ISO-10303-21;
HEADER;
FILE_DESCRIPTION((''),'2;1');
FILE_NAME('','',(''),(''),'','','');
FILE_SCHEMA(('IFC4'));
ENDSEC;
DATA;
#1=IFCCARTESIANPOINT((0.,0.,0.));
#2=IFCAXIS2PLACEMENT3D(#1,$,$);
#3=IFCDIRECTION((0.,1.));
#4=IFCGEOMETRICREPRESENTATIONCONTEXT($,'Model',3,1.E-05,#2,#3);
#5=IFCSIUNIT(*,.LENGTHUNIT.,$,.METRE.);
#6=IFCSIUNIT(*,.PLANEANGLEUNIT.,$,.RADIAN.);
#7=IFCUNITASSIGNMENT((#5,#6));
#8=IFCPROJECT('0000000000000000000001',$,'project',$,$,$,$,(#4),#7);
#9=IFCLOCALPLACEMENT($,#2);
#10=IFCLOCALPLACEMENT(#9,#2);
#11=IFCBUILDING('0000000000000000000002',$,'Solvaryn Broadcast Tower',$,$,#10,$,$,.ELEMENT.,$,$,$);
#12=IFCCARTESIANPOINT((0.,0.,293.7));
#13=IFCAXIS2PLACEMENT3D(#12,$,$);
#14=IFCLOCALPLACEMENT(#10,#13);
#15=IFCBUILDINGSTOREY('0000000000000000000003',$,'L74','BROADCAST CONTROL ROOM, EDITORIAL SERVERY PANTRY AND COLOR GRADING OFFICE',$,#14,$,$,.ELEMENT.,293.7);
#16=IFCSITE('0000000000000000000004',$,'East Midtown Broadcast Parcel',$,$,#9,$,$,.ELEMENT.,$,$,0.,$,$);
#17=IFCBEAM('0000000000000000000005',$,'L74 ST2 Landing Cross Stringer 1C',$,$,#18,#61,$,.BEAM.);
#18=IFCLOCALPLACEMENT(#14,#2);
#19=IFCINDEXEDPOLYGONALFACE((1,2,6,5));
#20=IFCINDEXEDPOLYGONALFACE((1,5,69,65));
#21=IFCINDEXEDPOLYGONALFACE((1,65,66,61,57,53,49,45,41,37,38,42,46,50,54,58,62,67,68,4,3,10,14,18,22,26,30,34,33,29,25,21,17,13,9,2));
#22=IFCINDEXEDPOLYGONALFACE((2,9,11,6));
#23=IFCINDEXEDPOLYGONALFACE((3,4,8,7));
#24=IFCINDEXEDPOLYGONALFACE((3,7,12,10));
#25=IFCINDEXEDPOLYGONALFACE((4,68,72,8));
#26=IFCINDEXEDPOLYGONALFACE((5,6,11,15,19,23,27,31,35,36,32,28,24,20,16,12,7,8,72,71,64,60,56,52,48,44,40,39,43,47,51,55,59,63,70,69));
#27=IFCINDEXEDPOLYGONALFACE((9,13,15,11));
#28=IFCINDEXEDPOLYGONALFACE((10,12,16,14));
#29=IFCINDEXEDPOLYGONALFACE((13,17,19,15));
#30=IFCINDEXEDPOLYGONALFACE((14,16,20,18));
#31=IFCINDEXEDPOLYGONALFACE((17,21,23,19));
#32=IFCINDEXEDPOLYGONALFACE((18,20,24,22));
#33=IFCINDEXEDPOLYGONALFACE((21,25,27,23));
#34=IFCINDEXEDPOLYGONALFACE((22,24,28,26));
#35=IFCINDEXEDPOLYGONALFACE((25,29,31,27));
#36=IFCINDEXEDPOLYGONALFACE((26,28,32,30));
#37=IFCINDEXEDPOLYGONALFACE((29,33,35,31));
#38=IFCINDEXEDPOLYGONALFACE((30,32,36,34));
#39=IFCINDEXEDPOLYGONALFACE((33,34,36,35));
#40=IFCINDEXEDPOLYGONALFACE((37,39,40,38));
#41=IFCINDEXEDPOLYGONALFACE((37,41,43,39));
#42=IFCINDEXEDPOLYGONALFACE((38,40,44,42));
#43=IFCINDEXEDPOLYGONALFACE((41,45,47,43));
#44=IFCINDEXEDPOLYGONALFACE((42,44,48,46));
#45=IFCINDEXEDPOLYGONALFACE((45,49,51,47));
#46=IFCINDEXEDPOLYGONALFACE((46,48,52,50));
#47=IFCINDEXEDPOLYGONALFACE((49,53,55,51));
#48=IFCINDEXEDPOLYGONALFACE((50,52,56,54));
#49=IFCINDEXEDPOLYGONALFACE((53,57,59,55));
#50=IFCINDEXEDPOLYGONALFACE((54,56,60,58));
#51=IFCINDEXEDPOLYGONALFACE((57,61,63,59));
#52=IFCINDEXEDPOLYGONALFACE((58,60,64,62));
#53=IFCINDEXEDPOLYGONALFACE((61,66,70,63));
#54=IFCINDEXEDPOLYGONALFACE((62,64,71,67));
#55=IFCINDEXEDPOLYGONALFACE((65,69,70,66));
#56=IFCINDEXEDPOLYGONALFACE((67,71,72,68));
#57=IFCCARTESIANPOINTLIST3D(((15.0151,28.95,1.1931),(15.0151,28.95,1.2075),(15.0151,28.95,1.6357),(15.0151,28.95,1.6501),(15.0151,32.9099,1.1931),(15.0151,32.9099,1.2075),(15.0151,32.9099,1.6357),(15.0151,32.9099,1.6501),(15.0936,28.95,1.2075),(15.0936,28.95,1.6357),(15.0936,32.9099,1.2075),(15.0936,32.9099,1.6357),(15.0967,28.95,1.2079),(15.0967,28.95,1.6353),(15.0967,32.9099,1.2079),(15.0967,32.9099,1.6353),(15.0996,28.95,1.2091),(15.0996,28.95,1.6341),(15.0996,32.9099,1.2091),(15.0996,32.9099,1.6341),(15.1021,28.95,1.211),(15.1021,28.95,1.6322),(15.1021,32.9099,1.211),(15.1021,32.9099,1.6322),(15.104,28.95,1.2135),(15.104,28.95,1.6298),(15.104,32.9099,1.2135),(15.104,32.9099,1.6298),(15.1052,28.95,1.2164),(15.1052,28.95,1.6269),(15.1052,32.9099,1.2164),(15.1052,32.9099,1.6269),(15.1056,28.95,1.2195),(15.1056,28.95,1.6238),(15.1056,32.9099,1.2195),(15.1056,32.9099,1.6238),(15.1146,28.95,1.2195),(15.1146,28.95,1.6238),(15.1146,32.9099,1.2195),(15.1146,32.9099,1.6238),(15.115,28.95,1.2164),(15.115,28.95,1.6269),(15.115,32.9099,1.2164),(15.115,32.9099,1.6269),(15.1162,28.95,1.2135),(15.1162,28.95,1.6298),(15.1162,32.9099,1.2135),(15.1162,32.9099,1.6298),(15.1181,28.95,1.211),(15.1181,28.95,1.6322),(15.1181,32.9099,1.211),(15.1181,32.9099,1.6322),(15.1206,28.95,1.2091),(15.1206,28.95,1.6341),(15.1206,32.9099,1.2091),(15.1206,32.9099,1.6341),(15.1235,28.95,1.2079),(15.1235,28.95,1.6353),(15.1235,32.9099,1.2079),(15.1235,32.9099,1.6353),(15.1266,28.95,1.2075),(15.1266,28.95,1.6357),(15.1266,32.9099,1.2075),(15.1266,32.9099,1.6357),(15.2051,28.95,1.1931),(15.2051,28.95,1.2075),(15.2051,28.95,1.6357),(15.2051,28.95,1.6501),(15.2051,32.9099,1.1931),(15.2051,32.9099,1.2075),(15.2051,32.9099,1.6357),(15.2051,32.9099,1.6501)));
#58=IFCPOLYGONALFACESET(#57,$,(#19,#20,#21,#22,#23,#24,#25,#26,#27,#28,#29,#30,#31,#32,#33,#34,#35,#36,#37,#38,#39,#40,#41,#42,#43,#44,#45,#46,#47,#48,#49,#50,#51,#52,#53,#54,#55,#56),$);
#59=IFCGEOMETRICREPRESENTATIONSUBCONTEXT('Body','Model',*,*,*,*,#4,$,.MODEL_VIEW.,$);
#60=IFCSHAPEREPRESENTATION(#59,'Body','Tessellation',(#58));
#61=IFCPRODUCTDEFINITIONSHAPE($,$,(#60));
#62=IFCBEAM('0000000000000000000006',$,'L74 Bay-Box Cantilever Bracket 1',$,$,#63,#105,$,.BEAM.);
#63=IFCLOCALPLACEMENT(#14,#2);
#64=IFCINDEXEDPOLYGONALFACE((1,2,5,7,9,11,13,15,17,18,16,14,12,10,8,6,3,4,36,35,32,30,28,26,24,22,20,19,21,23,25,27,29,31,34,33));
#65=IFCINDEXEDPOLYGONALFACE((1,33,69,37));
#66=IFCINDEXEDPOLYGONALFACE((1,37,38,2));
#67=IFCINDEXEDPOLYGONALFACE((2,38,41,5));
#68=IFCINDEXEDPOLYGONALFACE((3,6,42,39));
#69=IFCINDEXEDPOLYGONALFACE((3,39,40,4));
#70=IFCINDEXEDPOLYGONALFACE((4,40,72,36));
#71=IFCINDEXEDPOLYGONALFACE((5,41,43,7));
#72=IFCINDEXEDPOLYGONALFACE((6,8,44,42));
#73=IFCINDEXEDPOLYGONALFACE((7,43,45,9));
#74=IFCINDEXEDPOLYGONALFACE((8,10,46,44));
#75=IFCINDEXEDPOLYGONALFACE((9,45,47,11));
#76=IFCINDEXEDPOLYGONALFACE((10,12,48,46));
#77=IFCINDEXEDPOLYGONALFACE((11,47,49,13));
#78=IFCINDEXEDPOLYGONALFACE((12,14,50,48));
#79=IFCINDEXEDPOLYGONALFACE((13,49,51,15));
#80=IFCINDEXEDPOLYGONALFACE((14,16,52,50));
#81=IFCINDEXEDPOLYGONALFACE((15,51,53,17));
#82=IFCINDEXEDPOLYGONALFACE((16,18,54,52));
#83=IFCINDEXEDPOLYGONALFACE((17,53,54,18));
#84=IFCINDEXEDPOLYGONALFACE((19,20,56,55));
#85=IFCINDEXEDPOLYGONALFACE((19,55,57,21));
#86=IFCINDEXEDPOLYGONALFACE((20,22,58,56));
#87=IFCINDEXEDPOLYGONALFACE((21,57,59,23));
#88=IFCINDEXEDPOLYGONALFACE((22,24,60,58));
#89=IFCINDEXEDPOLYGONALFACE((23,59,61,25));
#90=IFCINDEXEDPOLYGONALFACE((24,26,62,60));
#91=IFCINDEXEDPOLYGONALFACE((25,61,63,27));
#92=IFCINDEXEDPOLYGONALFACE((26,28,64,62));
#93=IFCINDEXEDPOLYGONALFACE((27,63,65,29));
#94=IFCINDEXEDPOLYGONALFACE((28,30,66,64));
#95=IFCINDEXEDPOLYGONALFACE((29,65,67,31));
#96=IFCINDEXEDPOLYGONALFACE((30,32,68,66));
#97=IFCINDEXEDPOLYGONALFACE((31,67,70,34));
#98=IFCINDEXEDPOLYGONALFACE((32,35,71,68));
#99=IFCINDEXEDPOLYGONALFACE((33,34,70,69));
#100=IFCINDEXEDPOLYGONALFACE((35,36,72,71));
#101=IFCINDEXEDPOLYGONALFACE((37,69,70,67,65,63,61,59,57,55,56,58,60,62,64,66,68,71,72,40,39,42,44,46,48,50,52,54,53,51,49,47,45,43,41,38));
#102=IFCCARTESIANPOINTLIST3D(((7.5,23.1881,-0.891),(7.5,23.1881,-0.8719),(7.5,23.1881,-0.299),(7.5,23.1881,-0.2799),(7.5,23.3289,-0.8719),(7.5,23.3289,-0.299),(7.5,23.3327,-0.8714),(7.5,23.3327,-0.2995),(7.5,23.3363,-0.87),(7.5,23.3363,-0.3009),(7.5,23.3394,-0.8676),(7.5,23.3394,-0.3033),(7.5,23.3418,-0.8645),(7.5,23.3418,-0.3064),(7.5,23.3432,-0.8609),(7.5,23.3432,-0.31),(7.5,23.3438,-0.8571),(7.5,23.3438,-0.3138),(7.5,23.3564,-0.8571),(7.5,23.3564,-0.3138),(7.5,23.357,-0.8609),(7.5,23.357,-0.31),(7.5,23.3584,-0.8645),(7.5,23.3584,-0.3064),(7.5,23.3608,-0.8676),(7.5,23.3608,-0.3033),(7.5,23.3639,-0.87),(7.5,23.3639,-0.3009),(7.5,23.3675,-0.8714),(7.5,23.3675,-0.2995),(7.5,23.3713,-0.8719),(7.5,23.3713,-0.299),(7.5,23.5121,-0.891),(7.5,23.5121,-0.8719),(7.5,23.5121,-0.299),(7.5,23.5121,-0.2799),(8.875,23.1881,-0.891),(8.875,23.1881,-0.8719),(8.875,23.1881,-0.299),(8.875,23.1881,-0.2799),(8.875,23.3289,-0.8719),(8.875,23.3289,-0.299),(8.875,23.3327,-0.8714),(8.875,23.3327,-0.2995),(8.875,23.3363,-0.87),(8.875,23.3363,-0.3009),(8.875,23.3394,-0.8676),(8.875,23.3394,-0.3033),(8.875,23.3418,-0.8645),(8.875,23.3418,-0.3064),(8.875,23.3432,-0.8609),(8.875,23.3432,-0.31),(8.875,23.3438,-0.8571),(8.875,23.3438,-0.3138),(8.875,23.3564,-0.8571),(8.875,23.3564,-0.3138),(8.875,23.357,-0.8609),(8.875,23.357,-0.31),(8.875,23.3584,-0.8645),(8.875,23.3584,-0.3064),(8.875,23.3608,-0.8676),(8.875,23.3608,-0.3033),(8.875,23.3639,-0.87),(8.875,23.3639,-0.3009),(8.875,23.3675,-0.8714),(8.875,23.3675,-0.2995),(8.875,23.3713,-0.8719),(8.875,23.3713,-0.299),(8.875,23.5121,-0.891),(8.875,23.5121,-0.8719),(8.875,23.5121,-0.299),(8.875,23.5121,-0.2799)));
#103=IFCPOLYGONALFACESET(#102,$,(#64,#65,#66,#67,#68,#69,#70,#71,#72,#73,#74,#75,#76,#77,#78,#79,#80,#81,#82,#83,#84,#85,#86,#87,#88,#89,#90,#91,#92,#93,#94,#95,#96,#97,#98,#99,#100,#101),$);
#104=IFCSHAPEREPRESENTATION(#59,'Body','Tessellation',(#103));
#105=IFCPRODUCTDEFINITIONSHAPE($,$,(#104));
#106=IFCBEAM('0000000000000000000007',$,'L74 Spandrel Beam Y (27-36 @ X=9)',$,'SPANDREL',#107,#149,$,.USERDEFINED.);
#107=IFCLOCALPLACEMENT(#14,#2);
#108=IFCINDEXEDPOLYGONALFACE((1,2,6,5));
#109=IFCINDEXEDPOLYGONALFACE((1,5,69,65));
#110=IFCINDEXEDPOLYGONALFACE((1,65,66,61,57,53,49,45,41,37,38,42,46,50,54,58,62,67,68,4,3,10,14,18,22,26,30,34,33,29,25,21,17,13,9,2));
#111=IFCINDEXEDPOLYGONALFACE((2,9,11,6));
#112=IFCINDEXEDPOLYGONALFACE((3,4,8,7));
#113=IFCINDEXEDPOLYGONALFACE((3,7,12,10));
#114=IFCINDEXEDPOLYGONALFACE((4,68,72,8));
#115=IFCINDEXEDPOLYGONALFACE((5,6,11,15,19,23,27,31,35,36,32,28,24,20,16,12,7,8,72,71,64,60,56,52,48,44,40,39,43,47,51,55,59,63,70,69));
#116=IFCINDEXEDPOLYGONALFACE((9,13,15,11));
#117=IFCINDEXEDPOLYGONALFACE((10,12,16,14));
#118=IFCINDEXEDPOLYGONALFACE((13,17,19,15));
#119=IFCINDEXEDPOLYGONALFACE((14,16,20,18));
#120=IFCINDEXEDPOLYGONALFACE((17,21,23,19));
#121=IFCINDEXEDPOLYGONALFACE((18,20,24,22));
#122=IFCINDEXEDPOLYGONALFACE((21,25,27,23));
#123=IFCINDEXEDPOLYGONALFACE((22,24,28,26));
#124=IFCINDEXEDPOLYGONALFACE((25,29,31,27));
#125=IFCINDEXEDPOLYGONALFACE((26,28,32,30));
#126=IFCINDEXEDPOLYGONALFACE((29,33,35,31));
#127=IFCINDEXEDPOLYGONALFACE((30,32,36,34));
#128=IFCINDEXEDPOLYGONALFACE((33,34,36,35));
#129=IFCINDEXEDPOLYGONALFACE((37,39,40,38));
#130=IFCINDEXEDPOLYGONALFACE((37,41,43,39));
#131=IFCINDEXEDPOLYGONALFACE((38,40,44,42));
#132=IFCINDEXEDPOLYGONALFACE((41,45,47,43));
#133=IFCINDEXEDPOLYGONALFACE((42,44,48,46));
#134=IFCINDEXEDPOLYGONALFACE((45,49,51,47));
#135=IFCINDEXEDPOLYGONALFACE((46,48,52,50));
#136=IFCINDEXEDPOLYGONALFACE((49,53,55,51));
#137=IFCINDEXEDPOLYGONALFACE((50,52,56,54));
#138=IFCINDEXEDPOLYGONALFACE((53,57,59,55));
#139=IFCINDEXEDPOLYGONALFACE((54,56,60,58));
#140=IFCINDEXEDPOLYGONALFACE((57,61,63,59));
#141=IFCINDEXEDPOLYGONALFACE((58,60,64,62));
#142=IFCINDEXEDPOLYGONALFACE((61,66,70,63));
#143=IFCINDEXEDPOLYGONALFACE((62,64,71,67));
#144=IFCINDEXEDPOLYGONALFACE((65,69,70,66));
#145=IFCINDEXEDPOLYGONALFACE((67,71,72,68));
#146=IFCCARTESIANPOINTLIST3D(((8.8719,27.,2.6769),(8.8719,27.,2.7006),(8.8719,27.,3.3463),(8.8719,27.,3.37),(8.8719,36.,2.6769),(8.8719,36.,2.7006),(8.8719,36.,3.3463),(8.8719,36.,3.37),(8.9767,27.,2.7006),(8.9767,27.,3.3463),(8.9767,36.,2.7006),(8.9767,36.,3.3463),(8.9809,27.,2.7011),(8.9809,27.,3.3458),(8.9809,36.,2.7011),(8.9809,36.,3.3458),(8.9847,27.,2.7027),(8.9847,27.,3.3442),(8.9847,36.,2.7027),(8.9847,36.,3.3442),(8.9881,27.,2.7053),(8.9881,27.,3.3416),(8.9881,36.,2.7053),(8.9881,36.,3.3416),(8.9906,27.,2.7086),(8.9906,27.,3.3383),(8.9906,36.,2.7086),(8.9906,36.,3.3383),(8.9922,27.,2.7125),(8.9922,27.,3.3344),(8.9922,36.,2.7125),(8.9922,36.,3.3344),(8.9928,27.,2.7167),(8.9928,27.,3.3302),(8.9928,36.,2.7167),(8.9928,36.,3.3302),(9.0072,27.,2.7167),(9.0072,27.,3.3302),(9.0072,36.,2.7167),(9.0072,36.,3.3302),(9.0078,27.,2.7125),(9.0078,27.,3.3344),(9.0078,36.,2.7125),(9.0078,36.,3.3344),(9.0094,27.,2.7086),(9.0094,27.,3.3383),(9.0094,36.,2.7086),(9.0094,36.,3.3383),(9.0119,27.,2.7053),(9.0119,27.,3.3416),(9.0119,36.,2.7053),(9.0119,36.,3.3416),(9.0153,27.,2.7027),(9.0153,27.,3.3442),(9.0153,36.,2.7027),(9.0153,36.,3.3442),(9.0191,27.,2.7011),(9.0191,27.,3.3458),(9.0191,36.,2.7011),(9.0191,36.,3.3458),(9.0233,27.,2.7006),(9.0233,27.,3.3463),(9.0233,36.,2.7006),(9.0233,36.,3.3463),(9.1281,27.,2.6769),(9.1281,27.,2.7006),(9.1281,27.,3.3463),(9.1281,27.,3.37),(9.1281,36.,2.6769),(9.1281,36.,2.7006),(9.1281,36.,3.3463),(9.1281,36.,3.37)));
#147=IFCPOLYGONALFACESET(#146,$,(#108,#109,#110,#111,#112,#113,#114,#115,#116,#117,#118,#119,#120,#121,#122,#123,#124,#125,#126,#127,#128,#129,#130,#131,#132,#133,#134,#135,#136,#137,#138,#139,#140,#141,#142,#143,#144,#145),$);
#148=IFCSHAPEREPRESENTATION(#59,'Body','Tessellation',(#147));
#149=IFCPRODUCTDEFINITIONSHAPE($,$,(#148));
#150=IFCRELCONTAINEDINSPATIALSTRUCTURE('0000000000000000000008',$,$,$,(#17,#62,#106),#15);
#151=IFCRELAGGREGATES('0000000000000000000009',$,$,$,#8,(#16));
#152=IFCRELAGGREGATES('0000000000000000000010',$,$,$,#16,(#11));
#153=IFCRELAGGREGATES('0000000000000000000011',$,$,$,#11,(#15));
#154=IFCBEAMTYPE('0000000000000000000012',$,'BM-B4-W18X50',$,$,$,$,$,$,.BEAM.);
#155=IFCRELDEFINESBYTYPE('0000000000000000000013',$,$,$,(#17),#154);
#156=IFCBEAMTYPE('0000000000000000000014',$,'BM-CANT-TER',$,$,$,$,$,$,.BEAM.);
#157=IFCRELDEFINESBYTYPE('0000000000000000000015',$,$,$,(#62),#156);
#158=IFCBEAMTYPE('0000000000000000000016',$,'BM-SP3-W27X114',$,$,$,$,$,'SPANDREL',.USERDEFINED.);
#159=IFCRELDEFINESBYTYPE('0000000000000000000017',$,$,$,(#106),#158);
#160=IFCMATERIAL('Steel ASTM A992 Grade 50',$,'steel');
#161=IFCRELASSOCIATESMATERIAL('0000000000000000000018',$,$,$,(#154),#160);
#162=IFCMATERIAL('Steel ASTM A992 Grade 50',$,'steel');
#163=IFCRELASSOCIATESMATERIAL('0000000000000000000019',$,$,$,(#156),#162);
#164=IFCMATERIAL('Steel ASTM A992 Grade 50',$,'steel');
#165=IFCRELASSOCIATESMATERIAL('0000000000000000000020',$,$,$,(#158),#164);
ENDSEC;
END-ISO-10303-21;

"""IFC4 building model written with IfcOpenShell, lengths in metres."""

from ifc_helpers import new_model, si_unit, direction, frame, origin, origin_2d, place, context, subcontext, project, spatial, i_section, extrude, material, material_profile, profile_set, type_object, element, save


model = new_model("IFC4")

# Units and contexts
model_context = context("Model", 3, precision=1e-05, world=origin(), true_north=direction((0.0, 1.0)))
body_context = subcontext(model_context, "Body", "Model", "MODEL_VIEW")
ifc_project = project(units=[si_unit("LENGTHUNIT", "METRE"), si_unit("PLANEANGLEUNIT", "RADIAN")], contexts=[model_context])

# Site, building, storey
site_placement = place(None, origin())
site = spatial("IfcSite", under=ifc_project, at=site_placement, Name="East Midtown Broadcast Parcel", CompositionType="ELEMENT", RefElevation=0.0)
building_placement = place(site_placement, origin())
building = spatial("IfcBuilding", under=site, at=building_placement, Name="Solvaryn Broadcast Tower", CompositionType="ELEMENT")
storey_placement = place(building_placement, frame((0.0, 0.0, 293.7)))
storey = spatial("IfcBuildingStorey", under=building, at=storey_placement, Name="L74", Description="BROADCAST CONTROL ROOM, EDITORIAL SERVERY PANTRY AND COLOR GRADING OFFICE", CompositionType="ELEMENT", Elevation=293.7)

# Beams
ifc_material_1 = material(Name="Steel ASTM A992 Grade 50", Category="steel")
ifc_material_profile_1 = material_profile(ifc_material_1, i_section(OverallWidth=0.1899, OverallDepth=0.457, WebThickness=0.009, FlangeThickness=0.0144, FilletRadius=0.012, at=origin_2d()))
ifc_profile_set_1 = profile_set([ifc_material_profile_1], Name="Steel ASTM A992 Grade 50")
beam_type_1 = type_object("IfcBeamType", Name="BM-B4-W18X50", PredefinedType="BEAM", material=ifc_profile_set_1)
beam_1_placement = place(storey_placement, frame((15.1101, 28.95, 1.4216), z_axis=(0.0, 1.0, 0.0), x_axis=(-1.0, 0.0, 0.0)))
element("IfcBeam", 1, at=beam_1_placement, inside=storey, type_object=beam_type_1, Name="L74 ST2 Landing Cross Stringer 1C", PredefinedType="BEAM", context=body_context, shape_type="SweptSolid", body=[
    extrude(i_section(OverallWidth=0.1899, OverallDepth=0.457, WebThickness=0.009, FlangeThickness=0.0144, FilletRadius=0.012, at=origin_2d()), origin(), (0.0, 0.0, 1.0), 3.96),
])
ifc_material_2 = material(Name="Steel ASTM A992 Grade 50", Category="steel")
ifc_material_profile_2 = material_profile(ifc_material_2, i_section(OverallWidth=0.324, OverallDepth=0.6111, WebThickness=0.0127, FlangeThickness=0.019, FilletRadius=0.0149, at=origin_2d()))
ifc_profile_set_2 = profile_set([ifc_material_profile_2], Name="Steel ASTM A992 Grade 50")
beam_type_2 = type_object("IfcBeamType", Name="BM-CANT-TER", PredefinedType="BEAM", material=ifc_profile_set_2)
beam_2_placement = place(storey_placement, frame((8.875, 23.3501, -0.5854), z_axis=(-1.0, 0.0, 0.0), x_axis=(0.0, -1.0, 0.0)))
element("IfcBeam", 2, at=beam_2_placement, inside=storey, type_object=beam_type_2, Name="L74 Bay-Box Cantilever Bracket 1", PredefinedType="BEAM", context=body_context, shape_type="SweptSolid", body=[
    extrude(i_section(OverallWidth=0.324, OverallDepth=0.6111, WebThickness=0.0127, FlangeThickness=0.019, FilletRadius=0.0149, at=origin_2d()), origin(), (0.0, 0.0, 1.0), 1.375),
])
ifc_material_3 = material(Name="Steel ASTM A992 Grade 50", Category="steel")
ifc_material_profile_3 = material_profile(ifc_material_3, i_section(OverallWidth=0.2561, OverallDepth=0.6931, WebThickness=0.0144, FlangeThickness=0.0237, FilletRadius=0.0161, at=origin_2d()))
ifc_profile_set_3 = profile_set([ifc_material_profile_3], Name="Steel ASTM A992 Grade 50")
beam_type_3 = type_object("IfcBeamType", Name="BM-SP3-W27X114", ElementType="SPANDREL", PredefinedType="USERDEFINED", material=ifc_profile_set_3)
beam_3_placement = place(storey_placement, frame((9.0, 27.0, 3.0234), z_axis=(0.0, 1.0, 0.0), x_axis=(-1.0, 0.0, 0.0)))
element("IfcBeam", 3, at=beam_3_placement, inside=storey, type_object=beam_type_3, Name="L74 Spandrel Beam Y (27-36 @ X=9)", ObjectType="SPANDREL", PredefinedType="USERDEFINED", context=body_context, shape_type="SweptSolid", body=[
    extrude(i_section(OverallWidth=0.2561, OverallDepth=0.6931, WebThickness=0.0144, FlangeThickness=0.0237, FilletRadius=0.0161, at=origin_2d()), origin(), (0.0, 0.0, 1.0), 9.0),
])

save(model, "model.ifc")
